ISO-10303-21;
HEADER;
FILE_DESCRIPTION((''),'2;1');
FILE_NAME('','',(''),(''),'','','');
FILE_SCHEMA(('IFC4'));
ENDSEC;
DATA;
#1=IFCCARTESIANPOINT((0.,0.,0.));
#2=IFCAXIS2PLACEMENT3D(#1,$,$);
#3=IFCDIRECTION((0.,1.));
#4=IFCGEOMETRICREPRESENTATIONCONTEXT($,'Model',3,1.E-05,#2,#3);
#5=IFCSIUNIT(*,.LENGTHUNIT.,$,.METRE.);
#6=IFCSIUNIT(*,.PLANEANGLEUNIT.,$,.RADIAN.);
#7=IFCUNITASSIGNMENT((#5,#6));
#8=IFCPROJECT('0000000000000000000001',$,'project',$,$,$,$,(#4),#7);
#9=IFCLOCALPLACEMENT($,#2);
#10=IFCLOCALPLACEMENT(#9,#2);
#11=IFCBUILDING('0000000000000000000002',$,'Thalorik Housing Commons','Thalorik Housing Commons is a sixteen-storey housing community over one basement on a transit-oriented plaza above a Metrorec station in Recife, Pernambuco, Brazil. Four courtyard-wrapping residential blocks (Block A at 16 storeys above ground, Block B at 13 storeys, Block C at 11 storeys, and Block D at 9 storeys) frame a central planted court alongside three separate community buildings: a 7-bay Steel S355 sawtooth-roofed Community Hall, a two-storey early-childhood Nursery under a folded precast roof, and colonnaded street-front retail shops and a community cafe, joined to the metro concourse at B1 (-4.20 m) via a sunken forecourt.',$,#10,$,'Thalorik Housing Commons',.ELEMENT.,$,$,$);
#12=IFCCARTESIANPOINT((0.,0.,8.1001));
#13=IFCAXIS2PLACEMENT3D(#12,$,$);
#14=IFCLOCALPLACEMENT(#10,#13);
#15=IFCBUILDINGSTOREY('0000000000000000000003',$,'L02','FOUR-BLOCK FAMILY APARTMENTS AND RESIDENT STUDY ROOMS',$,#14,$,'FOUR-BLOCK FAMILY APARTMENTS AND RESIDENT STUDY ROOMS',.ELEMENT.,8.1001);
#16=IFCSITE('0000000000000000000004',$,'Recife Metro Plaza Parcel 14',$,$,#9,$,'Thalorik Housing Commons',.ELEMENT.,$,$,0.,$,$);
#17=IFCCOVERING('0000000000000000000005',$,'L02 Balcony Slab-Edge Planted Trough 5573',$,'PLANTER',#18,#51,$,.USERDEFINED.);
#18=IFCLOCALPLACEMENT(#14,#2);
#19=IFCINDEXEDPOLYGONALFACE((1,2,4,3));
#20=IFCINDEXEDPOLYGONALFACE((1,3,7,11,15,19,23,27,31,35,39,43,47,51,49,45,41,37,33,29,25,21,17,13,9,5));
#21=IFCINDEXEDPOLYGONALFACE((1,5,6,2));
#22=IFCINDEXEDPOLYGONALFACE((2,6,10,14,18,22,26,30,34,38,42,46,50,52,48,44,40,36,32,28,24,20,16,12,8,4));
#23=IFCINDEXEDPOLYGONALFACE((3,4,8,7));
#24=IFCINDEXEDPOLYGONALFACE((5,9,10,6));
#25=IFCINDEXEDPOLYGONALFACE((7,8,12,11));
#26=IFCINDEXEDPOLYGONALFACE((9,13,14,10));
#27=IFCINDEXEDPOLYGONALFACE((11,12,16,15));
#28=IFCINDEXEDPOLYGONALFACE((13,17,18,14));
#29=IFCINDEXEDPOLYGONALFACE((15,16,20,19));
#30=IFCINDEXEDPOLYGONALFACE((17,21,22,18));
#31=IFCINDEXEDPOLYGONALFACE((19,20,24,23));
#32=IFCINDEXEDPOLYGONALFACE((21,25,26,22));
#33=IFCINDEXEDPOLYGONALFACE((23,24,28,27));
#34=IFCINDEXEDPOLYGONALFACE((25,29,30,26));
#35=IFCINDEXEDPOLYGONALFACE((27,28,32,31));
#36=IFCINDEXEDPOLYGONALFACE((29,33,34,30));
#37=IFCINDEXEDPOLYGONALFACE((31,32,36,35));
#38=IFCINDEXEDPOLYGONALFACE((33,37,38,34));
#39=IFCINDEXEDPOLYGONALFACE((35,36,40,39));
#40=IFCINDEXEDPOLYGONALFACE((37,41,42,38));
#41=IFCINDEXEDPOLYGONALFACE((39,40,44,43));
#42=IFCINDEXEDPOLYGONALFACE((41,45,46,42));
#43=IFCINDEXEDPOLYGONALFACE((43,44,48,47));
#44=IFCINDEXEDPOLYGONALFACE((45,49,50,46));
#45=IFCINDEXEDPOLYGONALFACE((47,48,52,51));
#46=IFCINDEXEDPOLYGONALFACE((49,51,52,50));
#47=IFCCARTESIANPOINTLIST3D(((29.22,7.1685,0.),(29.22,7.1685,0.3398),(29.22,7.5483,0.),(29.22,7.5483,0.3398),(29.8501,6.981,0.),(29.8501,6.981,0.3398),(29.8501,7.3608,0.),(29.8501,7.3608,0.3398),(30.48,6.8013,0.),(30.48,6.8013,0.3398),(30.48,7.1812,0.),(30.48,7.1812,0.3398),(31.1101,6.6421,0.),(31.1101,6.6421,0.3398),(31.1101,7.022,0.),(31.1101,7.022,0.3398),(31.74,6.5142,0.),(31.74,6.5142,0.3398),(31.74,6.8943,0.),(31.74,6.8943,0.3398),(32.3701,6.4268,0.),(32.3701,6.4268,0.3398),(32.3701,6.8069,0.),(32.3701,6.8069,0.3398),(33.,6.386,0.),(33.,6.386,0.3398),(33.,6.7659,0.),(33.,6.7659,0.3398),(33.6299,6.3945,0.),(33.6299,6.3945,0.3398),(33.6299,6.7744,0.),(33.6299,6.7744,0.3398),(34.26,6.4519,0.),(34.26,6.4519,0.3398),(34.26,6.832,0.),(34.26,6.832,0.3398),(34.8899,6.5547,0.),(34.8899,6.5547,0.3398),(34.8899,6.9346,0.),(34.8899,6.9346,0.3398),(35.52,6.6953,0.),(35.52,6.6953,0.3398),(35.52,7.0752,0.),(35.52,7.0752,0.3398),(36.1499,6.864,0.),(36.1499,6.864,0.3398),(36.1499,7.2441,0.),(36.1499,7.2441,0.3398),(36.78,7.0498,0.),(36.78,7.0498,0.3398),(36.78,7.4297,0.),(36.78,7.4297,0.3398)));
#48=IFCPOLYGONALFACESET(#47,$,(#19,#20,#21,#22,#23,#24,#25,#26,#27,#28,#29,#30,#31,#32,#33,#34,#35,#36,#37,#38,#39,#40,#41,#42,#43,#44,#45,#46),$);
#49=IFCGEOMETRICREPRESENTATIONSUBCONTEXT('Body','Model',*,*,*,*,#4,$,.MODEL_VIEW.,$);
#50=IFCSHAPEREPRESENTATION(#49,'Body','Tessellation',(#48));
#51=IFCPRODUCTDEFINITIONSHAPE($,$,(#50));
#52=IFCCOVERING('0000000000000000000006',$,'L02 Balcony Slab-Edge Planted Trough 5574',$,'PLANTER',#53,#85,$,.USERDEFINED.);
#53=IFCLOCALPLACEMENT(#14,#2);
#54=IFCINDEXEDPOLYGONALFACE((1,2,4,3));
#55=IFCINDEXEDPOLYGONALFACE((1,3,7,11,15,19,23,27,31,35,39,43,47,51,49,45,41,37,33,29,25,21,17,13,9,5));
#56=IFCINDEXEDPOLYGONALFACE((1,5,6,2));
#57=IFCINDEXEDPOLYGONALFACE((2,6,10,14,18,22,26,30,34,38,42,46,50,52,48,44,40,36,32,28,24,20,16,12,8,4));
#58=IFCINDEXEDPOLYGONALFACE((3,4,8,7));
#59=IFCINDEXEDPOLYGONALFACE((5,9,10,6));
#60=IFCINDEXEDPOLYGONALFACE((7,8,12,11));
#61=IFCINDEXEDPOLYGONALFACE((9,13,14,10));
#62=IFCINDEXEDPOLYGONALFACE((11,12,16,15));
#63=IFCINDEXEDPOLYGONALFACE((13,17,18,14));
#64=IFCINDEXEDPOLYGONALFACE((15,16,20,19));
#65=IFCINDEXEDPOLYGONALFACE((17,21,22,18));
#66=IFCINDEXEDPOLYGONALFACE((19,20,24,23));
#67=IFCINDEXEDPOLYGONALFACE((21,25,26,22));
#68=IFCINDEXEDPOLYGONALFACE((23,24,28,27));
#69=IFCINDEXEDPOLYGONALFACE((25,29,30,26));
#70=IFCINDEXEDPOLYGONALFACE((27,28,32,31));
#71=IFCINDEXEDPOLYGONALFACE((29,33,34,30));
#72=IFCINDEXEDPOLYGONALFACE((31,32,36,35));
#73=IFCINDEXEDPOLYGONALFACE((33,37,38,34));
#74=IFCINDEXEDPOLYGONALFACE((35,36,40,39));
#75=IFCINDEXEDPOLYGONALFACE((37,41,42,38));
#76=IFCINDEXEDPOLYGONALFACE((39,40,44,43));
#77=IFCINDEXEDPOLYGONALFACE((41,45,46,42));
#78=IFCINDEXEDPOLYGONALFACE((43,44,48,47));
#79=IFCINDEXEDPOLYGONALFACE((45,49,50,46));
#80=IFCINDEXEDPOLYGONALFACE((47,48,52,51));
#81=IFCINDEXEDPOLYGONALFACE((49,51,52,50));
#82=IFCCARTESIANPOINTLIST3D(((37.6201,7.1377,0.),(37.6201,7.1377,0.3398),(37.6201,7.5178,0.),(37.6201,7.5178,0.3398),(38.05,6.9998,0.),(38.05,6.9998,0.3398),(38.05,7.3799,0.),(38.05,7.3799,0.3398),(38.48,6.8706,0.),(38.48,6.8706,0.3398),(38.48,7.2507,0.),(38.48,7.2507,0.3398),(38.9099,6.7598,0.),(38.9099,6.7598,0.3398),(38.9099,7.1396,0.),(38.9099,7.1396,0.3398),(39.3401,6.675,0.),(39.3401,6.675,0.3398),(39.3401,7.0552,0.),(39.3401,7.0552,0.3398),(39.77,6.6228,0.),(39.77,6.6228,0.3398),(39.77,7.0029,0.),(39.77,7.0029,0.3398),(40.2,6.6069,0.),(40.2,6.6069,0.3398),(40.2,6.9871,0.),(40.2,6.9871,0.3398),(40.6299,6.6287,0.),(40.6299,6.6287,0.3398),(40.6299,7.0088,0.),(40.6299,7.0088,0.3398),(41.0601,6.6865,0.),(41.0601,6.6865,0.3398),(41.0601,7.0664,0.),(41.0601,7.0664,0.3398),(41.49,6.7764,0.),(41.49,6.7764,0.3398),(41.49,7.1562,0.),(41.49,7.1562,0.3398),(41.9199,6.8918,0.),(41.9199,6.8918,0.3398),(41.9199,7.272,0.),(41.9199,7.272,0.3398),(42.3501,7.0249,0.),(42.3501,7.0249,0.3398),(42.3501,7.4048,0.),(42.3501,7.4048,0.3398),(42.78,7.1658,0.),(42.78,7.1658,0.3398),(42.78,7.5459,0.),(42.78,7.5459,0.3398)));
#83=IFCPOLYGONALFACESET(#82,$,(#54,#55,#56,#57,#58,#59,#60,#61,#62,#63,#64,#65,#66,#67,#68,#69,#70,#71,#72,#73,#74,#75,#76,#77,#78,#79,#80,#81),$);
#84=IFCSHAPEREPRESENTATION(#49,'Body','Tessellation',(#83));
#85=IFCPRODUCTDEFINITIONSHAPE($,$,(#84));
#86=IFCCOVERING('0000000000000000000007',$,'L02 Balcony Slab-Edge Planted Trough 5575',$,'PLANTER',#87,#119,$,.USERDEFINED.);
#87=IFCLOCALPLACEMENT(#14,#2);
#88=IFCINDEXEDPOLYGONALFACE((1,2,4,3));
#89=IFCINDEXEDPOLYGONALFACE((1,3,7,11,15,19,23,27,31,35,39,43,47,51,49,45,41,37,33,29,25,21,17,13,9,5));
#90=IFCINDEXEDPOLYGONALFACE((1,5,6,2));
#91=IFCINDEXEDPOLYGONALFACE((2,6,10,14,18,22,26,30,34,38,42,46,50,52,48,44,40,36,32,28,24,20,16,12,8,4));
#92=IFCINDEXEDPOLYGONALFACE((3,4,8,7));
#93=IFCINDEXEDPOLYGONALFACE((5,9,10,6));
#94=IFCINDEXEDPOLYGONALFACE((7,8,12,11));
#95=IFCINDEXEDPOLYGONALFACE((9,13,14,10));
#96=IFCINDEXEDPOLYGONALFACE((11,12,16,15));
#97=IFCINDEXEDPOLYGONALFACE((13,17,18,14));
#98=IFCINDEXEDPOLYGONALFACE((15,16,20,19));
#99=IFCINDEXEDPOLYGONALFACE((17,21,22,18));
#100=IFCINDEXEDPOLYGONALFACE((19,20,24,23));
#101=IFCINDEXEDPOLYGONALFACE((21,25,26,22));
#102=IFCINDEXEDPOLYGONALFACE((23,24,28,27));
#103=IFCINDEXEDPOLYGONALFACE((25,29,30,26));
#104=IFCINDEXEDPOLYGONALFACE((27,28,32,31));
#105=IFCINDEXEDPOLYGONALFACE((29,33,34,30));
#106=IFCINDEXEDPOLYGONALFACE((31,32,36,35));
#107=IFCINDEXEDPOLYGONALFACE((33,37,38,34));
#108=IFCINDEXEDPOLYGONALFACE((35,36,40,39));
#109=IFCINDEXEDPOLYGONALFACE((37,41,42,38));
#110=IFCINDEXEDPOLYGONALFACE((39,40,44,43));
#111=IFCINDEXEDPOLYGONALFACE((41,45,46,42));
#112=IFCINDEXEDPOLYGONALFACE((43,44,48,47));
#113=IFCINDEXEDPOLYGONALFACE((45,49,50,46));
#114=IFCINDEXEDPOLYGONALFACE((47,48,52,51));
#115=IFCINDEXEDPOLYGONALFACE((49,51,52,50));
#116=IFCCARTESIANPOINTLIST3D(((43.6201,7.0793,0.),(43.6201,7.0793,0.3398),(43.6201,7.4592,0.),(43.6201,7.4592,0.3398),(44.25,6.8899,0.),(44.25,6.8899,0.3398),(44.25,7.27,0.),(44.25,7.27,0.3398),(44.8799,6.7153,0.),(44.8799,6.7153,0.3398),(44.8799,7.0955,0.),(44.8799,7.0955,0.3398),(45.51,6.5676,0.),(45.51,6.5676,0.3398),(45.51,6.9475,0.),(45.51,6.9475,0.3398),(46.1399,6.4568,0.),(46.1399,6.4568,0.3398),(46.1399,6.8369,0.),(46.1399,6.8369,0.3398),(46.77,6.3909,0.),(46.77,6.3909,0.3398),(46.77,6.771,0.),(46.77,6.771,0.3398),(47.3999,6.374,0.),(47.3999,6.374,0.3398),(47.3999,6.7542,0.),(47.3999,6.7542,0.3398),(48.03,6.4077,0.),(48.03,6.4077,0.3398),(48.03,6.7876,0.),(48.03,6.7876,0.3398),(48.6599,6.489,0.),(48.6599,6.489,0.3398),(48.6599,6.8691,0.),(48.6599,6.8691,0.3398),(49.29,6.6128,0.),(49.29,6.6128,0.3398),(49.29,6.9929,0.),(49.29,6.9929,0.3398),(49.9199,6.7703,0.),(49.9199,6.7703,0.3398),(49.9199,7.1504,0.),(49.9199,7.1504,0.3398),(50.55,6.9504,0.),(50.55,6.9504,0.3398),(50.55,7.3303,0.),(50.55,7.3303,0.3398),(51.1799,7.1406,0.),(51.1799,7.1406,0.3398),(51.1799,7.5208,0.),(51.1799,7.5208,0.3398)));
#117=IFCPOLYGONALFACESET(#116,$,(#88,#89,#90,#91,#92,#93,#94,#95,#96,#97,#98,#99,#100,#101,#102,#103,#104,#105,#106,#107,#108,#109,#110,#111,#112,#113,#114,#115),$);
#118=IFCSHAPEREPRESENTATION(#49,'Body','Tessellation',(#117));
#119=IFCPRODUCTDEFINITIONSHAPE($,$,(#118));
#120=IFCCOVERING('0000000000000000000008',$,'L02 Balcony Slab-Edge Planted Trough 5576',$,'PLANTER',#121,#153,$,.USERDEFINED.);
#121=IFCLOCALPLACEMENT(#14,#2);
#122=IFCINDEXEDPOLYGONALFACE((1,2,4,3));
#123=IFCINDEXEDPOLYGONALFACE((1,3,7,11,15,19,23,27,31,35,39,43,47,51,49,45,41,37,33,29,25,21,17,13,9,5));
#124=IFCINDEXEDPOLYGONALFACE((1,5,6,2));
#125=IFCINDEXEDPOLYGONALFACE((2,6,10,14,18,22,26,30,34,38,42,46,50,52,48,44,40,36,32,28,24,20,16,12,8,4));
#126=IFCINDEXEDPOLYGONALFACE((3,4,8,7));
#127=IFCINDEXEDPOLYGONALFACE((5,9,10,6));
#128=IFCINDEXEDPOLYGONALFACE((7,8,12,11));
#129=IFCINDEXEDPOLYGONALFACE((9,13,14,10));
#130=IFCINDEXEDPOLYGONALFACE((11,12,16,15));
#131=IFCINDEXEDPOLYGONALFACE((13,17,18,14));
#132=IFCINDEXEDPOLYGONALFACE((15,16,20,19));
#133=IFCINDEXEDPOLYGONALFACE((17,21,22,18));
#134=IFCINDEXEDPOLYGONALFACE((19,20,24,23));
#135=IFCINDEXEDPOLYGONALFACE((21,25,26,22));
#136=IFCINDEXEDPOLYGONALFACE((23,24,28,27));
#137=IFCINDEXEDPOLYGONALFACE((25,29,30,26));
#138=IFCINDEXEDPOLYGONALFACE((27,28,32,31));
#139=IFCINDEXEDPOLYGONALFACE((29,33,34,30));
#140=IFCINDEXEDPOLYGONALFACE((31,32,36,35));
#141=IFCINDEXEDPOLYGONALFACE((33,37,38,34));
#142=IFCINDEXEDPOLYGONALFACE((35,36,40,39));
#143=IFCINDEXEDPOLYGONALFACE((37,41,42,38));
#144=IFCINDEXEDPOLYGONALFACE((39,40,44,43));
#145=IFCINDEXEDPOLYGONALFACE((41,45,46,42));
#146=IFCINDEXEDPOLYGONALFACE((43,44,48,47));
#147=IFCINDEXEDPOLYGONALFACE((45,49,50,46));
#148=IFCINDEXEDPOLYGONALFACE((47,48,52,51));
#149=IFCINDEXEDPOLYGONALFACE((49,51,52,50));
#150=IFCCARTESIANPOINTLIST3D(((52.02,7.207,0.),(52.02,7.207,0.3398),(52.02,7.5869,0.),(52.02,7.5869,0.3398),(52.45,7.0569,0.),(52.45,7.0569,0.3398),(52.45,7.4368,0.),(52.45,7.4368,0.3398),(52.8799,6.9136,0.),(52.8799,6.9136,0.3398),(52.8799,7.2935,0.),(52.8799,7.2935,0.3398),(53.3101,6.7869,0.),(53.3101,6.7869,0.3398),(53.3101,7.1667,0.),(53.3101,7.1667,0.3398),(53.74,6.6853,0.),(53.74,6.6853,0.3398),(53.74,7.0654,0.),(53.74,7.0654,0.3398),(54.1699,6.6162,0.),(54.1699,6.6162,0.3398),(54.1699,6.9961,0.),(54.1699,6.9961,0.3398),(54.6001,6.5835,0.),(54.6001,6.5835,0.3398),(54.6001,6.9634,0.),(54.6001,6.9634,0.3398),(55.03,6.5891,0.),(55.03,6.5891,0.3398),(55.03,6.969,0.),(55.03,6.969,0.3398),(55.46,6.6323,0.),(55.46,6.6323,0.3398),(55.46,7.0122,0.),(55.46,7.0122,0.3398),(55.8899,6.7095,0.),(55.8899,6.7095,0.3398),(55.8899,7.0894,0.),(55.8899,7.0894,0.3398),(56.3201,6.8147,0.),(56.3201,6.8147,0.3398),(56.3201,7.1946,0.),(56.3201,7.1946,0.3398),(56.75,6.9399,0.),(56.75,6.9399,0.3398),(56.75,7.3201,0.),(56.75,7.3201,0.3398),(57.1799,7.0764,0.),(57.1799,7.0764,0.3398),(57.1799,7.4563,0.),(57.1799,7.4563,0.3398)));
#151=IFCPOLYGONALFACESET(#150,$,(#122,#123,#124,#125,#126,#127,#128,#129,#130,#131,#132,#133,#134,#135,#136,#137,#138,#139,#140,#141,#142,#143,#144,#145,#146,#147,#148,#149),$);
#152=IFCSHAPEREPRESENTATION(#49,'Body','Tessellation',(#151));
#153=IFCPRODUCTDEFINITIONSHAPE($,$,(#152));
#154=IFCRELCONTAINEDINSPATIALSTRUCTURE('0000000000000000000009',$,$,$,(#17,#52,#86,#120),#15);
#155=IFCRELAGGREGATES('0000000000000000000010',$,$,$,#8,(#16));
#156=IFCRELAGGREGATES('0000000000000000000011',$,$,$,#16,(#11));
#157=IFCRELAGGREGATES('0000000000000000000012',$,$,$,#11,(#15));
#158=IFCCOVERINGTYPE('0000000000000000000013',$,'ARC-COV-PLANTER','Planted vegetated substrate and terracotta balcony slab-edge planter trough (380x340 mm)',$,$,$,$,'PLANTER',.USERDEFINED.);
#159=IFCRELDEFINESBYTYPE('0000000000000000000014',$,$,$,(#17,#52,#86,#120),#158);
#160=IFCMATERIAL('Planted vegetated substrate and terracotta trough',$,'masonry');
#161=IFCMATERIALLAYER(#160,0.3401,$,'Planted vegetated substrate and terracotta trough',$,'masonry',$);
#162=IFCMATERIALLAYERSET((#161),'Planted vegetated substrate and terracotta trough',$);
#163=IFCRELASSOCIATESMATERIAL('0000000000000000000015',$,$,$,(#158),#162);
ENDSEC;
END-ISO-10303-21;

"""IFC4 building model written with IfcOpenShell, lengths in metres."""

from ifc_helpers import new_model, si_unit, direction, frame, origin, place, context, subcontext, project, spatial, polyline, outline, extrude, material, layer, layer_set, type_object, element, save


model = new_model("IFC4")

# Units and contexts
model_context = context("Model", 3, precision=1e-05, world=origin(), true_north=direction((0.0, 1.0)))
body_context = subcontext(model_context, "Body", "Model", "MODEL_VIEW")
ifc_project = project(units=[si_unit("LENGTHUNIT", "METRE"), si_unit("PLANEANGLEUNIT", "RADIAN")], contexts=[model_context])

# Site, building, storey
site_placement = place(None, origin())
site = spatial("IfcSite", under=ifc_project, at=site_placement, Name="Recife Metro Plaza Parcel 14", LongName="Thalorik Housing Commons", CompositionType="ELEMENT", RefElevation=0.0)
building_placement = place(site_placement, origin())
building = spatial("IfcBuilding", under=site, at=building_placement, Name="Thalorik Housing Commons", Description="Thalorik Housing Commons is a sixteen-storey housing community over one basement on a transit-oriented plaza above a Metrorec station in Recife, Pernambuco, Brazil. Four courtyard-wrapping residential blocks (Block A at 16 storeys above ground, Block B at 13 storeys, Block C at 11 storeys, and Block D at 9 storeys) frame a central planted court alongside three separate community buildings: a 7-bay Steel S355 sawtooth-roofed Community Hall, a two-storey early-childhood Nursery under a folded precast roof, and colonnaded street-front retail shops and a community cafe, joined to the metro concourse at B1 (-4.20 m) via a sunken forecourt.", LongName="Thalorik Housing Commons", CompositionType="ELEMENT")
storey_placement = place(building_placement, frame((0.0, 0.0, 8.1001)))
storey = spatial("IfcBuildingStorey", under=building, at=storey_placement, Name="L02", Description="FOUR-BLOCK FAMILY APARTMENTS AND RESIDENT STUDY ROOMS", LongName="FOUR-BLOCK FAMILY APARTMENTS AND RESIDENT STUDY ROOMS", CompositionType="ELEMENT", Elevation=8.1001)

# Coverings
ifc_material_1 = material(Name="Planted vegetated substrate and terracotta trough", Category="masonry")
ifc_layer_1 = layer(ifc_material_1, 0.3401, Name="Planted vegetated substrate and terracotta trough", Category="masonry")
ifc_layer_set_1 = layer_set([ifc_layer_1], Name="Planted vegetated substrate and terracotta trough")
covering_type_1 = type_object("IfcCoveringType", Name="ARC-COV-PLANTER", Description="Planted vegetated substrate and terracotta balcony slab-edge planter trough (380x340 mm)", ElementType="PLANTER", PredefinedType="USERDEFINED", material=ifc_layer_set_1)
covering_1_placement = place(storey_placement, origin())
element("IfcCovering", 1, at=covering_1_placement, inside=storey, type_object=covering_type_1, Name="L02 Balcony Slab-Edge Planted Trough 5573", ObjectType="PLANTER", PredefinedType="USERDEFINED", context=body_context, shape_type="SweptSolid", body=[
    extrude(outline(polyline([(29.22, 7.1685), (29.8501, 6.981), (30.48, 6.8013), (31.1101, 6.6421), (31.74, 6.5142), (32.3701, 6.4268), (33.0, 6.386), (33.6299, 6.3945), (34.26, 6.4519), (34.8899, 6.5547), (35.52, 6.6953), (36.1499, 6.864), (36.78, 7.0498), (36.78, 7.4297), (36.1499, 7.2441), (35.52, 7.0752), (34.8899, 6.9346), (34.26, 6.832), (33.6299, 6.7744), (33.0, 6.7659), (32.3701, 6.8069), (31.74, 6.8943), (31.1101, 7.022), (30.48, 7.1812), (29.8501, 7.3608), (29.22, 7.5483), (29.22, 7.1685)])), origin(), (0.0, 0.0, 1.0), 0.3398),
])
covering_2_placement = place(storey_placement, origin())
element("IfcCovering", 2, at=covering_2_placement, inside=storey, type_object=covering_type_1, Name="L02 Balcony Slab-Edge Planted Trough 5574", ObjectType="PLANTER", PredefinedType="USERDEFINED", context=body_context, shape_type="SweptSolid", body=[
    extrude(outline(polyline([(37.6201, 7.1377), (38.05, 6.9998), (38.48, 6.8706), (38.9099, 6.7598), (39.3401, 6.675), (39.77, 6.6228), (40.2, 6.6069), (40.6299, 6.6287), (41.0601, 6.6865), (41.49, 6.7764), (41.9199, 6.8918), (42.3501, 7.0249), (42.78, 7.1658), (42.78, 7.5459), (42.3501, 7.4048), (41.9199, 7.272), (41.49, 7.1562), (41.0601, 7.0664), (40.6299, 7.0088), (40.2, 6.9871), (39.77, 7.0029), (39.3401, 7.0552), (38.9099, 7.1396), (38.48, 7.2507), (38.05, 7.3799), (37.6201, 7.5178), (37.6201, 7.1377)])), origin(), (0.0, 0.0, 1.0), 0.3398),
])
covering_3_placement = place(storey_placement, origin())
element("IfcCovering", 3, at=covering_3_placement, inside=storey, type_object=covering_type_1, Name="L02 Balcony Slab-Edge Planted Trough 5575", ObjectType="PLANTER", PredefinedType="USERDEFINED", context=body_context, shape_type="SweptSolid", body=[
    extrude(outline(polyline([(43.6201, 7.0793), (44.25, 6.8899), (44.8799, 6.7153), (45.51, 6.5676), (46.1399, 6.4568), (46.77, 6.3909), (47.3999, 6.374), (48.03, 6.4077), (48.6599, 6.489), (49.29, 6.6128), (49.9199, 6.7703), (50.55, 6.9504), (51.1799, 7.1406), (51.1799, 7.5208), (50.55, 7.3303), (49.9199, 7.1504), (49.29, 6.9929), (48.6599, 6.8691), (48.03, 6.7876), (47.3999, 6.7542), (46.77, 6.771), (46.1399, 6.8369), (45.51, 6.9475), (44.8799, 7.0955), (44.25, 7.27), (43.6201, 7.4592), (43.6201, 7.0793)])), origin(), (0.0, 0.0, 1.0), 0.3398),
])
covering_4_placement = place(storey_placement, origin())
element("IfcCovering", 4, at=covering_4_placement, inside=storey, type_object=covering_type_1, Name="L02 Balcony Slab-Edge Planted Trough 5576", ObjectType="PLANTER", PredefinedType="USERDEFINED", context=body_context, shape_type="SweptSolid", body=[
    extrude(outline(polyline([(52.02, 7.207), (52.45, 7.0569), (52.8799, 6.9136), (53.3101, 6.7869), (53.74, 6.6853), (54.1699, 6.6162), (54.6001, 6.5835), (55.03, 6.5891), (55.46, 6.6323), (55.8899, 6.7095), (56.3201, 6.8147), (56.75, 6.9399), (57.1799, 7.0764), (57.1799, 7.4563), (56.75, 7.3201), (56.3201, 7.1946), (55.8899, 7.0894), (55.46, 7.0122), (55.03, 6.969), (54.6001, 6.9634), (54.1699, 6.9961), (53.74, 7.0654), (53.3101, 7.1667), (52.8799, 7.2935), (52.45, 7.4368), (52.02, 7.5869), (52.02, 7.207)])), origin(), (0.0, 0.0, 1.0), 0.3398),
])

save(model, "model.ifc")
